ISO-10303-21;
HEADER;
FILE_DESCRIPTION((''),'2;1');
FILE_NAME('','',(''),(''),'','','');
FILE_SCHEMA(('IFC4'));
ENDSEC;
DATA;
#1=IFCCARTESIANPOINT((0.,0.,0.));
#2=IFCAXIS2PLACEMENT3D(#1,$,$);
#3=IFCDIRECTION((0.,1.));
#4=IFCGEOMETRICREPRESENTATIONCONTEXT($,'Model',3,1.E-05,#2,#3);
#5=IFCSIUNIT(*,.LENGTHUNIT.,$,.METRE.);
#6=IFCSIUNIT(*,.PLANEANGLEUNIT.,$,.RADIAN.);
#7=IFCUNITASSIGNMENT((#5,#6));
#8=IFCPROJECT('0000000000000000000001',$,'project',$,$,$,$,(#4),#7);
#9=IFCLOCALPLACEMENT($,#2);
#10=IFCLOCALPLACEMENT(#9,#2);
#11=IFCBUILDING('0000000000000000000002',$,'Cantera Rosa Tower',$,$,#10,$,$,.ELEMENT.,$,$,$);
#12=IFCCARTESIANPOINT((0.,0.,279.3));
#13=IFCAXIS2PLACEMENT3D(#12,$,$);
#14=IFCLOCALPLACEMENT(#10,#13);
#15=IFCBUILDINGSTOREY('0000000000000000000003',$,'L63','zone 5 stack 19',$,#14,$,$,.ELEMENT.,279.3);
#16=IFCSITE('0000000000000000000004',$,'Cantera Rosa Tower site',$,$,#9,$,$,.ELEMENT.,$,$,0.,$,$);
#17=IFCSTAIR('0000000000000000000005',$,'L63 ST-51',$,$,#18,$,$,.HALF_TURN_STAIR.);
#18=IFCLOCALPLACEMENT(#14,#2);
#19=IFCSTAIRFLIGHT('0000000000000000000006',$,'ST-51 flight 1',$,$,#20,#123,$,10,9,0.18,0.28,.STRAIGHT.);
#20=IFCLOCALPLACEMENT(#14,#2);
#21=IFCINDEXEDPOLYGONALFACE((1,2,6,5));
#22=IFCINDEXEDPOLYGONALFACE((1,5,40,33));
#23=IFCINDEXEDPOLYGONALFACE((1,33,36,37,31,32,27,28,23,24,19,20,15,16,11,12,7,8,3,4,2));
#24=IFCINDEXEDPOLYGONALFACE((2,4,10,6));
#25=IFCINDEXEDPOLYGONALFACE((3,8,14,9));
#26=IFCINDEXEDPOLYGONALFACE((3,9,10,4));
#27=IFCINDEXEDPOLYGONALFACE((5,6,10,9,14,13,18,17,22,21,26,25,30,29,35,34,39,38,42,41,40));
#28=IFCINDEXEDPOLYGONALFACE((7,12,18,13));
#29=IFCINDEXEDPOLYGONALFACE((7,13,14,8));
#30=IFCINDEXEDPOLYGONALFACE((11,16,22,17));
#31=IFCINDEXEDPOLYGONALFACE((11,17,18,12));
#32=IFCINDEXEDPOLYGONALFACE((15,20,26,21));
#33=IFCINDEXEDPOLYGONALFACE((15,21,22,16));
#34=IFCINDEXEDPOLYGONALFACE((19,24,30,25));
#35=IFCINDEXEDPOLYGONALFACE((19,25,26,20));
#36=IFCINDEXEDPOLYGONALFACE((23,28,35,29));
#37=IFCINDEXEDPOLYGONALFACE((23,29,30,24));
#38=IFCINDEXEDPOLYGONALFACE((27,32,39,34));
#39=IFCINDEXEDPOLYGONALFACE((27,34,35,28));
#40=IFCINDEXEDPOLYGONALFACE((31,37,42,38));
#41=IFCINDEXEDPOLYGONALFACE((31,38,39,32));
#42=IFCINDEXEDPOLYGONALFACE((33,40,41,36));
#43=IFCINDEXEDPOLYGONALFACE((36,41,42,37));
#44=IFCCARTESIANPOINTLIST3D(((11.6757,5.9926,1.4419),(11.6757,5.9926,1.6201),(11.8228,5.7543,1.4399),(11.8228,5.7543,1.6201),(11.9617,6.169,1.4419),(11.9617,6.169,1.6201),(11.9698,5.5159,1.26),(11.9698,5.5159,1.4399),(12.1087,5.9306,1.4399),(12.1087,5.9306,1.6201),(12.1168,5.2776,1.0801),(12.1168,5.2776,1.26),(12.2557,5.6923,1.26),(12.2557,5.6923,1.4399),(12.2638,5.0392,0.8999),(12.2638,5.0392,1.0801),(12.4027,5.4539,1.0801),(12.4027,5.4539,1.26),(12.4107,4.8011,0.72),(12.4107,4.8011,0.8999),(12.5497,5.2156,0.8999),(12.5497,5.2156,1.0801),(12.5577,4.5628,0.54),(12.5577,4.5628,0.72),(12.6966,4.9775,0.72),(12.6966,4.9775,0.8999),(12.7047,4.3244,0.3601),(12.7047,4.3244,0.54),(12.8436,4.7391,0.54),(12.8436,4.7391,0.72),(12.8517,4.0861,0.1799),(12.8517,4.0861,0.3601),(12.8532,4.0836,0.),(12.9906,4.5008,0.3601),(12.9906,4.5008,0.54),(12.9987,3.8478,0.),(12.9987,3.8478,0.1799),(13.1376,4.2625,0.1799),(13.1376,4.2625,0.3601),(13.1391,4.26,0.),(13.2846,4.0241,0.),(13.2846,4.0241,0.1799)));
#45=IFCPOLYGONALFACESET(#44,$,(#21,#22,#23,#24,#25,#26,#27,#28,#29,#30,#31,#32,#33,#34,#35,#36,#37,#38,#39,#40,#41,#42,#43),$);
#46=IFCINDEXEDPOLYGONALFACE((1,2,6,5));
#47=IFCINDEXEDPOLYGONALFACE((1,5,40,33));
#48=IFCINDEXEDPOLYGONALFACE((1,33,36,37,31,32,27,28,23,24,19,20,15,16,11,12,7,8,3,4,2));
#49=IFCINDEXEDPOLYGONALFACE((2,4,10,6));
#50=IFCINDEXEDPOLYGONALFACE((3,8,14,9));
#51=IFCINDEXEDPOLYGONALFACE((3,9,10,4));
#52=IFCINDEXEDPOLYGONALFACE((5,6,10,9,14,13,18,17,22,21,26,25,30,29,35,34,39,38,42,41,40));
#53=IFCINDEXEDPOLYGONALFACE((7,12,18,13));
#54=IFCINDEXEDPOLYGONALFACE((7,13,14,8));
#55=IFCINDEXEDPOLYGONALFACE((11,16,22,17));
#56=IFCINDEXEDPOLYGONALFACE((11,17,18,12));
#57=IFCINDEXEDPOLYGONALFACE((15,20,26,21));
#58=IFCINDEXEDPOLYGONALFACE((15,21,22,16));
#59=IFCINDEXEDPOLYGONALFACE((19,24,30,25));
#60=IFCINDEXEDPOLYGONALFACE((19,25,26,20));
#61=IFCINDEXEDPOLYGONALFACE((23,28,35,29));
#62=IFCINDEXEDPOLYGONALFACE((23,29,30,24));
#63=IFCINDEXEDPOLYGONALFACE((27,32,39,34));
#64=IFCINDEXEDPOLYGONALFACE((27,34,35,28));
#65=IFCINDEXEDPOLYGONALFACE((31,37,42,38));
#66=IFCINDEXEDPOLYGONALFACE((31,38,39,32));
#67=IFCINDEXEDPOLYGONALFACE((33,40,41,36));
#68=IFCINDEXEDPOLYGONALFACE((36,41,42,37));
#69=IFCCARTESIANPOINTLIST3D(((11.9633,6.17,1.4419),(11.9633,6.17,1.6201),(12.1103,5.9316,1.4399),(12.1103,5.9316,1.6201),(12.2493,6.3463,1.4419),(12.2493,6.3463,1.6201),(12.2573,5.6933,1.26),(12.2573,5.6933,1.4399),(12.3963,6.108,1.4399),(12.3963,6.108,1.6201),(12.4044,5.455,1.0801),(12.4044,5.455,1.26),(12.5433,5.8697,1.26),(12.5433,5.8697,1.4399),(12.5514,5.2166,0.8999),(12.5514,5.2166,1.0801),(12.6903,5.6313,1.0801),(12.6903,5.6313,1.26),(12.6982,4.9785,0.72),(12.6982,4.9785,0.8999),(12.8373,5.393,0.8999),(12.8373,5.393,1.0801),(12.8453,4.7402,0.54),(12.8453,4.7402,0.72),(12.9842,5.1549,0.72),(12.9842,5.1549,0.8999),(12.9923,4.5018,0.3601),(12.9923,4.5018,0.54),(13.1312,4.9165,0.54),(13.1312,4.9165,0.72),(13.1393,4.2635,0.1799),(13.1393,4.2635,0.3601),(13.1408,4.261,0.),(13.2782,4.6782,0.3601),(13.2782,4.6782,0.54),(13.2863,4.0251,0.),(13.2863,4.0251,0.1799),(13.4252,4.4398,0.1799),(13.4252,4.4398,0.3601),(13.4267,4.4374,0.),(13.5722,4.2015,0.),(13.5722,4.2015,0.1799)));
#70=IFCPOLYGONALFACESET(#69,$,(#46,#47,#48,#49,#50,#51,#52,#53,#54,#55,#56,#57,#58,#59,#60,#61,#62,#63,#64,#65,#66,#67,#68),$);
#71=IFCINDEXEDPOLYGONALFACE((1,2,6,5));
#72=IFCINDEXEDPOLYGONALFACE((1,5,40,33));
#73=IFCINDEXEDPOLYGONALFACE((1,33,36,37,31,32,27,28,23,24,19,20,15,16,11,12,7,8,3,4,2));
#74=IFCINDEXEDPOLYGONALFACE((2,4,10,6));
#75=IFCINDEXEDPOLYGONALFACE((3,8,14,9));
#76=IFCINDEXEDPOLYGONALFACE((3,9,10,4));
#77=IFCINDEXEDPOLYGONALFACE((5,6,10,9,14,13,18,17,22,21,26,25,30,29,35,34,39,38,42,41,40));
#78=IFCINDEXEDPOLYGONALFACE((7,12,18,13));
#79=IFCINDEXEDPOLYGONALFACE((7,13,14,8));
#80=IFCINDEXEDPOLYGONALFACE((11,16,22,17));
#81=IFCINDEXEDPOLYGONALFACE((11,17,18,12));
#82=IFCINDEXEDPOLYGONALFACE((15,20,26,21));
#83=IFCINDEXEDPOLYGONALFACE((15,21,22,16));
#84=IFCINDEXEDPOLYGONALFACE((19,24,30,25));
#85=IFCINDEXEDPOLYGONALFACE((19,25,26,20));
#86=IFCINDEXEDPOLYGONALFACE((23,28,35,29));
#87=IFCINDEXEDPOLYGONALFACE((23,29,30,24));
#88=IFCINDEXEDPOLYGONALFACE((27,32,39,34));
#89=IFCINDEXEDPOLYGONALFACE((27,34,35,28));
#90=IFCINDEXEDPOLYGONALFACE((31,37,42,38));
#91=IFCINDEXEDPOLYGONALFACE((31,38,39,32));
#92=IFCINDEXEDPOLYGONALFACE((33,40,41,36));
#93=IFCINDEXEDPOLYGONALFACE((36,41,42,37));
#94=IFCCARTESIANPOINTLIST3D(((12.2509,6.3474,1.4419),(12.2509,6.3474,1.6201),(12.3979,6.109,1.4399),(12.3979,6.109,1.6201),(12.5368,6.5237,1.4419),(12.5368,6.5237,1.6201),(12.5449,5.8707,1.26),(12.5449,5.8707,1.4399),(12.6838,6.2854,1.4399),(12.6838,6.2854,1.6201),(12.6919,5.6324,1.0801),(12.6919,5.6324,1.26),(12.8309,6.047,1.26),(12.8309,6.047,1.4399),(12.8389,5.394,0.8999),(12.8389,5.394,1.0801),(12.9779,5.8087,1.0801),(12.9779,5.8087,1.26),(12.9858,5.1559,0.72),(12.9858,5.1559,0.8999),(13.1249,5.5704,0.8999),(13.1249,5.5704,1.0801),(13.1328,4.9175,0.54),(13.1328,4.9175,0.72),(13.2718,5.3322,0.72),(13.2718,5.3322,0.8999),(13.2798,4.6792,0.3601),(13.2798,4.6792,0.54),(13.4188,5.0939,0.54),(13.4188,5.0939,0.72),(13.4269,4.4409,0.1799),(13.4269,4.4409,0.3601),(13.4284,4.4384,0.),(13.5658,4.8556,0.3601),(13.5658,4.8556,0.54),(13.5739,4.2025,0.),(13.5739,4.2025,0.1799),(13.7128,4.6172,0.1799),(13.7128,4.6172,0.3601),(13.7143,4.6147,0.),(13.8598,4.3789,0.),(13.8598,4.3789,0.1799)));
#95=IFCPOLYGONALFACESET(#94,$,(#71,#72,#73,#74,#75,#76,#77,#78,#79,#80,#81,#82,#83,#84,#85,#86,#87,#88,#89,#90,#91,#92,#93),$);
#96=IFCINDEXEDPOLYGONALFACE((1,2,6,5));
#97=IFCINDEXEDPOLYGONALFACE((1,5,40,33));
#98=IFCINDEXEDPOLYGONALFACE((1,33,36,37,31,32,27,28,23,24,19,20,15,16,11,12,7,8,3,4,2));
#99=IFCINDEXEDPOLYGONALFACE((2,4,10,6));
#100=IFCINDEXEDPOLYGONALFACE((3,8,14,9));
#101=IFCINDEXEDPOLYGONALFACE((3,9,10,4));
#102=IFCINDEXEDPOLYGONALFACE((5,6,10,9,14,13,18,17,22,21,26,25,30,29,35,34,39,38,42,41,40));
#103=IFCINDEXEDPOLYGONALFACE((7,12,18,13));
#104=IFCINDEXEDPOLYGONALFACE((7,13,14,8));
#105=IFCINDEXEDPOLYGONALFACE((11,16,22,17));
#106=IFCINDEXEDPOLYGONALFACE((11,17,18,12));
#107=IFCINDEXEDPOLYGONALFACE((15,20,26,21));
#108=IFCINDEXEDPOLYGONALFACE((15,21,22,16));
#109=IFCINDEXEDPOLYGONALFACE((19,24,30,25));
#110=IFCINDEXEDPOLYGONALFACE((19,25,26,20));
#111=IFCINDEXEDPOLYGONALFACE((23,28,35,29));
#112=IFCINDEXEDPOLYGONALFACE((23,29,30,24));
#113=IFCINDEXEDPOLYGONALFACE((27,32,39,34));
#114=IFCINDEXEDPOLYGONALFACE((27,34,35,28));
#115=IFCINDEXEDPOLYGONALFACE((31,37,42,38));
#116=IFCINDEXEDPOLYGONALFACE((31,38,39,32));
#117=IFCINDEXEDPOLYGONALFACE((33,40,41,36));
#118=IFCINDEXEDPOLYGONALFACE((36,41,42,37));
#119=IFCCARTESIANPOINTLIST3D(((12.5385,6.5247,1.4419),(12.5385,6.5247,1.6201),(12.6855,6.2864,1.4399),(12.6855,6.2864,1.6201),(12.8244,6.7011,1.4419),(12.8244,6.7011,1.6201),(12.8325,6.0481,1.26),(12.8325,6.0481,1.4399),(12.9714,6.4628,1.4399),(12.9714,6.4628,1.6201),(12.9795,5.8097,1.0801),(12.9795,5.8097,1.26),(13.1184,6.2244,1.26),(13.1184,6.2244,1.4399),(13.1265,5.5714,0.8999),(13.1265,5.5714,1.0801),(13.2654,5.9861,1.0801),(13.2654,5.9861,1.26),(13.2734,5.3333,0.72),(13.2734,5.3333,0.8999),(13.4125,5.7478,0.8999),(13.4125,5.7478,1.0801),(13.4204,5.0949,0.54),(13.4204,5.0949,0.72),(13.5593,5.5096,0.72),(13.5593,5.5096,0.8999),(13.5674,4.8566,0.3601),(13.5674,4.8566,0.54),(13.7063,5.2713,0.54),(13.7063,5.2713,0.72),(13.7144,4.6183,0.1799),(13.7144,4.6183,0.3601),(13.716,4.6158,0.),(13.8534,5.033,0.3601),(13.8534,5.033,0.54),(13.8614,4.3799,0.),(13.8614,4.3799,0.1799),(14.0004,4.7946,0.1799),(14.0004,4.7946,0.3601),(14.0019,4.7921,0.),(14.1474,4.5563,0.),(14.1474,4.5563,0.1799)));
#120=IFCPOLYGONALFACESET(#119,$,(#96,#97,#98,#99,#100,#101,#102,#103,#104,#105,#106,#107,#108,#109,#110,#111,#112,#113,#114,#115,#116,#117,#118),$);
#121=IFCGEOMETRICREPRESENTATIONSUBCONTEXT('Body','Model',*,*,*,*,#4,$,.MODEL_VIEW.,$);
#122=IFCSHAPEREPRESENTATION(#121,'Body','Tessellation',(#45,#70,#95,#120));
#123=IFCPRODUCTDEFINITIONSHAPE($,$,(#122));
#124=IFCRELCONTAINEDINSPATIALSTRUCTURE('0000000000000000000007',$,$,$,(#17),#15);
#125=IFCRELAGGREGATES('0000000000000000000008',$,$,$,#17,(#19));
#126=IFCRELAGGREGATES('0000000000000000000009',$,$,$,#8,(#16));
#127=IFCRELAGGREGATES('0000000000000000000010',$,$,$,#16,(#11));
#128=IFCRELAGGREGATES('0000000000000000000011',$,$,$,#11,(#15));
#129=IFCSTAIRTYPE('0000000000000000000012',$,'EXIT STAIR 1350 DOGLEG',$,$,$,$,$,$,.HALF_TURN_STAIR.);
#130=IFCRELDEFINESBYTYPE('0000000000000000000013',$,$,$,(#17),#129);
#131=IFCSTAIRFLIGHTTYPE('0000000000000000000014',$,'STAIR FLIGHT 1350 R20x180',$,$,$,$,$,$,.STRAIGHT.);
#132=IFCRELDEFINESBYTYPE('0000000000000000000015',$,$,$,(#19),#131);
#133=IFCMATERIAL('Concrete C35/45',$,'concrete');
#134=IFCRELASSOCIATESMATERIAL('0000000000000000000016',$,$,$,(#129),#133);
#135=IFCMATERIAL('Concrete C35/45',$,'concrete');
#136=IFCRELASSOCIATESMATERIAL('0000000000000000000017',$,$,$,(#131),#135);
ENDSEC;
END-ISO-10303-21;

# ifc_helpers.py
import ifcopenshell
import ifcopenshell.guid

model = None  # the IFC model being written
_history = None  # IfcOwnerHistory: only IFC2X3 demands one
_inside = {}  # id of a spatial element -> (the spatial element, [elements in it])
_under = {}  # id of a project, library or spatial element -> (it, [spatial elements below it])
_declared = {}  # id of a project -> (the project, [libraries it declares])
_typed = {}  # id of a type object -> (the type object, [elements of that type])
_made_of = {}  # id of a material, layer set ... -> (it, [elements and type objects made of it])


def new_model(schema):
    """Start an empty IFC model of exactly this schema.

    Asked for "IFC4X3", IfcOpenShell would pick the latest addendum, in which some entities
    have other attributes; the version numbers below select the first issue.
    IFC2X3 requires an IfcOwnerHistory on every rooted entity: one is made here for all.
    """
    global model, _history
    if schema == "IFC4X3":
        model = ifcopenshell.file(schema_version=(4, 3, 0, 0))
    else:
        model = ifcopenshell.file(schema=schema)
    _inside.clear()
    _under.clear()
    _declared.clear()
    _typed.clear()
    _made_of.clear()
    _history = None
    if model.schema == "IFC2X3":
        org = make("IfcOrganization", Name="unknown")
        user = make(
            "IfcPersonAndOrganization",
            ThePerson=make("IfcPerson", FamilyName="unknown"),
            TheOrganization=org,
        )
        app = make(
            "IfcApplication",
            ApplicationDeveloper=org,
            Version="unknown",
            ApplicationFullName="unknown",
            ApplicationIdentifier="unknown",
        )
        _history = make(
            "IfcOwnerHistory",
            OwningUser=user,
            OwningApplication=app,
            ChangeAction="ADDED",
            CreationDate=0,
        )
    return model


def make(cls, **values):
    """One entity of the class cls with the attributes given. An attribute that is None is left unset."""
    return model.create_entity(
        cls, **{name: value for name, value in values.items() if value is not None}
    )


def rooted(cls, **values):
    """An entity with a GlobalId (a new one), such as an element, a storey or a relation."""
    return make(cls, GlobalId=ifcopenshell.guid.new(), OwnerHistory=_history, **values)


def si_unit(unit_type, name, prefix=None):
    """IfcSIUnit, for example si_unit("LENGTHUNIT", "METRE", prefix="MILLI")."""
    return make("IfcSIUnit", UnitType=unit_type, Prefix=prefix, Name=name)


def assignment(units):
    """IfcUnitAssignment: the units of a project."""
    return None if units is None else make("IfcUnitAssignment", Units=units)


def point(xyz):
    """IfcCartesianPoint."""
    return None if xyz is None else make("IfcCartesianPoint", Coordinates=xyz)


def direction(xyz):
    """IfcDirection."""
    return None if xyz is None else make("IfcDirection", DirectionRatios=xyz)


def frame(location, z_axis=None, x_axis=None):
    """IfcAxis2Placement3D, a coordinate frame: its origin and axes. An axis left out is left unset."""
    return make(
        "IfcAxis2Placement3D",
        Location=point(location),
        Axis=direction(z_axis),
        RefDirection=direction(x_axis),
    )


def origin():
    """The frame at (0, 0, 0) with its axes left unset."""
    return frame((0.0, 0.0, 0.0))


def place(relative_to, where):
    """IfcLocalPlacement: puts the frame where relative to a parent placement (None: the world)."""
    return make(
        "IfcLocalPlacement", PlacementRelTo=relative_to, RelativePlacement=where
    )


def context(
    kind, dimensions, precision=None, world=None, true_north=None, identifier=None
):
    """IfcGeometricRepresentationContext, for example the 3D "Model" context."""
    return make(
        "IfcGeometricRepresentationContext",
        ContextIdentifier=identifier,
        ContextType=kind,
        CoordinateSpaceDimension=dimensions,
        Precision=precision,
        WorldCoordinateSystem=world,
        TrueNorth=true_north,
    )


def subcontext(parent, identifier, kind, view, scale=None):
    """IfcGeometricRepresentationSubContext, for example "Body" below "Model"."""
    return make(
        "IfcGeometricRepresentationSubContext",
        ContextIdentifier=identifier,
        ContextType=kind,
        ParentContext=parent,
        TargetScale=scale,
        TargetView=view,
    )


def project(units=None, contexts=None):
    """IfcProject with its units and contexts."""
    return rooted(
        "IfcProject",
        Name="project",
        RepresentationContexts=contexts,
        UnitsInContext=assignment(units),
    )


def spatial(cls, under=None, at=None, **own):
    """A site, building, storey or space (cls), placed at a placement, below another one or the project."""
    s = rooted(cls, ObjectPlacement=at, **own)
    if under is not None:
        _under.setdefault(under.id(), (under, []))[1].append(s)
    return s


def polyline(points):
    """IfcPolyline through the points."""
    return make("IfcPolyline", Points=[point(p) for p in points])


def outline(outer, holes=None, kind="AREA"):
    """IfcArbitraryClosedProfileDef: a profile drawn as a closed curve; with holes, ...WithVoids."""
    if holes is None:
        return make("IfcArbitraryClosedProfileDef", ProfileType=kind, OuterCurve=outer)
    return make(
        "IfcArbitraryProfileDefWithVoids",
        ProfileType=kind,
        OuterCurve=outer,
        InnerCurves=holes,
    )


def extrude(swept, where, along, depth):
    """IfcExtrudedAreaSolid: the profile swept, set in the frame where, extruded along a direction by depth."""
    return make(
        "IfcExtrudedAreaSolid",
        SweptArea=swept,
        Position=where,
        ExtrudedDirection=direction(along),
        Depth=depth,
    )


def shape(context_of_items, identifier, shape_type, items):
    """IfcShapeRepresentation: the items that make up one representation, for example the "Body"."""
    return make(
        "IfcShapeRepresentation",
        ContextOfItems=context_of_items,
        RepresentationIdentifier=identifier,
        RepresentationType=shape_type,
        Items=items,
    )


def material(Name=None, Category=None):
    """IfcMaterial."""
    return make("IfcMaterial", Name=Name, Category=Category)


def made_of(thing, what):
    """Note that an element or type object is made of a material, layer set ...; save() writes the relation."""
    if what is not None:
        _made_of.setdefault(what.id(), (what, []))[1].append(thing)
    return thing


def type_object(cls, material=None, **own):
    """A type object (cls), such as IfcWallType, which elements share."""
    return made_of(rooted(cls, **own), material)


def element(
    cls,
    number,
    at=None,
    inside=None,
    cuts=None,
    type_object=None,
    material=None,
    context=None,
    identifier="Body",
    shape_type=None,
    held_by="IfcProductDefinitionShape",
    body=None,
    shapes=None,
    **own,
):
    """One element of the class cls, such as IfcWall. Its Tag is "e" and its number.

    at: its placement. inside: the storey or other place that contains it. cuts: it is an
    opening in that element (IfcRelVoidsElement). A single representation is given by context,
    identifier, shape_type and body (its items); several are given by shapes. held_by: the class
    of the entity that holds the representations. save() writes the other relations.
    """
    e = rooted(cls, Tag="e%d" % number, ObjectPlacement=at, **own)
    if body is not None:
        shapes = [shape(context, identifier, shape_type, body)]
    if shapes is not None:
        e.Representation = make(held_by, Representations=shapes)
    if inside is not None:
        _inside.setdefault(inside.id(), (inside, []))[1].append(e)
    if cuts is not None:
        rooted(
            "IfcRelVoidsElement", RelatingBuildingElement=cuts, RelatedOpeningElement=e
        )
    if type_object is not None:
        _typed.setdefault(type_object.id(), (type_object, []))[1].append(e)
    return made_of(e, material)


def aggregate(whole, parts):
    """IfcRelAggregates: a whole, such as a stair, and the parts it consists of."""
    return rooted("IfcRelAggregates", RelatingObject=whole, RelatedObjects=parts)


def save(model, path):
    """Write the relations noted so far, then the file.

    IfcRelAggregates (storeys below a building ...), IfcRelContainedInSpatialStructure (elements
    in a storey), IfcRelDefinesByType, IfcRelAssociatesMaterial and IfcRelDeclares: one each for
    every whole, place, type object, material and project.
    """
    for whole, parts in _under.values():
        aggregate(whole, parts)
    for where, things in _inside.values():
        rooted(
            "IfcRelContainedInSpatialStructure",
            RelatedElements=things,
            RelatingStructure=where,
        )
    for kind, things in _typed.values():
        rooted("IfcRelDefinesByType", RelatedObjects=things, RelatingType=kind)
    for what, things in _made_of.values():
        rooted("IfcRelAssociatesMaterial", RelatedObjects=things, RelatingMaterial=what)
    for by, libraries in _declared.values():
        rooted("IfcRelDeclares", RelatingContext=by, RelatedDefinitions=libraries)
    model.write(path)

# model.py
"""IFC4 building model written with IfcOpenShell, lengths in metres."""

from ifc_helpers import new_model, si_unit, direction, frame, origin, place, context, subcontext, project, spatial, polyline, outline, extrude, material, type_object, element, aggregate, save


model = new_model("IFC4")

# Units and contexts
model_context = context("Model", 3, precision=1e-05, world=origin(), true_north=direction((0.0, 1.0)))
body_context = subcontext(model_context, "Body", "Model", "MODEL_VIEW")
ifc_project = project(units=[si_unit("LENGTHUNIT", "METRE"), si_unit("PLANEANGLEUNIT", "RADIAN")], contexts=[model_context])

# Site, building, storey
site_placement = place(None, origin())
site = spatial("IfcSite", under=ifc_project, at=site_placement, Name="Cantera Rosa Tower site", CompositionType="ELEMENT", RefElevation=0.0)
building_placement = place(site_placement, origin())
building = spatial("IfcBuilding", under=site, at=building_placement, Name="Cantera Rosa Tower", CompositionType="ELEMENT")
storey_placement = place(building_placement, frame((0.0, 0.0, 279.3)))
storey = spatial("IfcBuildingStorey", under=building, at=storey_placement, Name="L63", Description="zone 5 stack 19", CompositionType="ELEMENT", Elevation=279.3)

# Stair, stair flight
ifc_material_1 = material(Name="Concrete C35/45", Category="concrete")
stair_type = type_object("IfcStairType", Name="EXIT STAIR 1350 DOGLEG", PredefinedType="HALF_TURN_STAIR", material=ifc_material_1)
stair_placement = place(storey_placement, origin())
stair = element("IfcStair", 1, at=stair_placement, inside=storey, type_object=stair_type, Name="L63 ST-51", PredefinedType="HALF_TURN_STAIR")
ifc_material_2 = material(Name="Concrete C35/45", Category="concrete")
stair_flight_type = type_object("IfcStairFlightType", Name="STAIR FLIGHT 1350 R20x180", PredefinedType="STRAIGHT", material=ifc_material_2)
stair_flight_1_placement = place(storey_placement, frame((13.5732, 4.2021, 0.0), z_axis=(0.0, 0.0, 1.0), x_axis=(-0.524977, 0.851117, 0.0)))
stair_flight_1 = element("IfcStairFlight", 2, at=stair_flight_1_placement, type_object=stair_flight_type, Name="ST-51 flight 1", NumberOfRisers=10, NumberOfTreads=9, PredefinedType="STRAIGHT", RiserHeight=0.18, TreadLength=0.28, context=body_context, shape_type="SweptSolid", body=[
    extrude(outline(polyline([(0.0, 0.0), (0.0, 0.1799), (0.28, 0.1799), (0.28, 0.3601), (0.5601, 0.3601), (0.5601, 0.54), (0.8401, 0.54), (0.8401, 0.72), (1.1201, 0.72), (1.1201, 0.8999), (1.3999, 0.8999), (1.3999, 1.0801), (1.6799, 1.0801), (1.6799, 1.26), (1.96, 1.26), (1.96, 1.4399), (2.24, 1.4399), (2.24, 1.6201), (2.52, 1.6201), (2.52, 1.8), (2.52, 1.4419), (0.2771, 0.0), (0.0, 0.0)])), frame((0.0, 0.675, 0.0), z_axis=(0.0, -1.0, 0.0), x_axis=(1.0, 0.0, 0.0)), (0.0, 0.0, 1.0), 0.3359),
    extrude(outline(polyline([(0.0, 0.0), (0.0, 0.1799), (0.28, 0.1799), (0.28, 0.3601), (0.5601, 0.3601), (0.5601, 0.54), (0.8401, 0.54), (0.8401, 0.72), (1.1201, 0.72), (1.1201, 0.8999), (1.3999, 0.8999), (1.3999, 1.0801), (1.6799, 1.0801), (1.6799, 1.26), (1.96, 1.26), (1.96, 1.4399), (2.24, 1.4399), (2.24, 1.6201), (2.52, 1.6201), (2.52, 1.8), (2.52, 1.4419), (0.2771, 0.0), (0.0, 0.0)])), frame((0.0, 0.3372, 0.0), z_axis=(0.0, -1.0, 0.0), x_axis=(1.0, 0.0, 0.0)), (0.0, 0.0, 1.0), 0.3359),
    extrude(outline(polyline([(0.0, 0.0), (0.0, 0.1799), (0.28, 0.1799), (0.28, 0.3601), (0.5601, 0.3601), (0.5601, 0.54), (0.8401, 0.54), (0.8401, 0.72), (1.1201, 0.72), (1.1201, 0.8999), (1.3999, 0.8999), (1.3999, 1.0801), (1.6799, 1.0801), (1.6799, 1.26), (1.96, 1.26), (1.96, 1.4399), (2.24, 1.4399), (2.24, 1.6201), (2.52, 1.6201), (2.52, 1.8), (2.52, 1.4419), (0.2771, 0.0), (0.0, 0.0)])), frame((0.0, -0.0007, 0.0), z_axis=(0.0, -1.0, 0.0), x_axis=(1.0, 0.0, 0.0)), (0.0, 0.0, 1.0), 0.3359),
    extrude(outline(polyline([(0.0, 0.0), (0.0, 0.1799), (0.28, 0.1799), (0.28, 0.3601), (0.5601, 0.3601), (0.5601, 0.54), (0.8401, 0.54), (0.8401, 0.72), (1.1201, 0.72), (1.1201, 0.8999), (1.3999, 0.8999), (1.3999, 1.0801), (1.6799, 1.0801), (1.6799, 1.26), (1.96, 1.26), (1.96, 1.4399), (2.24, 1.4399), (2.24, 1.6201), (2.52, 1.6201), (2.52, 1.8), (2.52, 1.4419), (0.2771, 0.0), (0.0, 0.0)])), frame((0.0, -0.3386, 0.0), z_axis=(0.0, -1.0, 0.0), x_axis=(1.0, 0.0, 0.0)), (0.0, 0.0, 1.0), 0.3359),
])
aggregate(stair, [stair_flight_1])

save(model, "model.ifc")
